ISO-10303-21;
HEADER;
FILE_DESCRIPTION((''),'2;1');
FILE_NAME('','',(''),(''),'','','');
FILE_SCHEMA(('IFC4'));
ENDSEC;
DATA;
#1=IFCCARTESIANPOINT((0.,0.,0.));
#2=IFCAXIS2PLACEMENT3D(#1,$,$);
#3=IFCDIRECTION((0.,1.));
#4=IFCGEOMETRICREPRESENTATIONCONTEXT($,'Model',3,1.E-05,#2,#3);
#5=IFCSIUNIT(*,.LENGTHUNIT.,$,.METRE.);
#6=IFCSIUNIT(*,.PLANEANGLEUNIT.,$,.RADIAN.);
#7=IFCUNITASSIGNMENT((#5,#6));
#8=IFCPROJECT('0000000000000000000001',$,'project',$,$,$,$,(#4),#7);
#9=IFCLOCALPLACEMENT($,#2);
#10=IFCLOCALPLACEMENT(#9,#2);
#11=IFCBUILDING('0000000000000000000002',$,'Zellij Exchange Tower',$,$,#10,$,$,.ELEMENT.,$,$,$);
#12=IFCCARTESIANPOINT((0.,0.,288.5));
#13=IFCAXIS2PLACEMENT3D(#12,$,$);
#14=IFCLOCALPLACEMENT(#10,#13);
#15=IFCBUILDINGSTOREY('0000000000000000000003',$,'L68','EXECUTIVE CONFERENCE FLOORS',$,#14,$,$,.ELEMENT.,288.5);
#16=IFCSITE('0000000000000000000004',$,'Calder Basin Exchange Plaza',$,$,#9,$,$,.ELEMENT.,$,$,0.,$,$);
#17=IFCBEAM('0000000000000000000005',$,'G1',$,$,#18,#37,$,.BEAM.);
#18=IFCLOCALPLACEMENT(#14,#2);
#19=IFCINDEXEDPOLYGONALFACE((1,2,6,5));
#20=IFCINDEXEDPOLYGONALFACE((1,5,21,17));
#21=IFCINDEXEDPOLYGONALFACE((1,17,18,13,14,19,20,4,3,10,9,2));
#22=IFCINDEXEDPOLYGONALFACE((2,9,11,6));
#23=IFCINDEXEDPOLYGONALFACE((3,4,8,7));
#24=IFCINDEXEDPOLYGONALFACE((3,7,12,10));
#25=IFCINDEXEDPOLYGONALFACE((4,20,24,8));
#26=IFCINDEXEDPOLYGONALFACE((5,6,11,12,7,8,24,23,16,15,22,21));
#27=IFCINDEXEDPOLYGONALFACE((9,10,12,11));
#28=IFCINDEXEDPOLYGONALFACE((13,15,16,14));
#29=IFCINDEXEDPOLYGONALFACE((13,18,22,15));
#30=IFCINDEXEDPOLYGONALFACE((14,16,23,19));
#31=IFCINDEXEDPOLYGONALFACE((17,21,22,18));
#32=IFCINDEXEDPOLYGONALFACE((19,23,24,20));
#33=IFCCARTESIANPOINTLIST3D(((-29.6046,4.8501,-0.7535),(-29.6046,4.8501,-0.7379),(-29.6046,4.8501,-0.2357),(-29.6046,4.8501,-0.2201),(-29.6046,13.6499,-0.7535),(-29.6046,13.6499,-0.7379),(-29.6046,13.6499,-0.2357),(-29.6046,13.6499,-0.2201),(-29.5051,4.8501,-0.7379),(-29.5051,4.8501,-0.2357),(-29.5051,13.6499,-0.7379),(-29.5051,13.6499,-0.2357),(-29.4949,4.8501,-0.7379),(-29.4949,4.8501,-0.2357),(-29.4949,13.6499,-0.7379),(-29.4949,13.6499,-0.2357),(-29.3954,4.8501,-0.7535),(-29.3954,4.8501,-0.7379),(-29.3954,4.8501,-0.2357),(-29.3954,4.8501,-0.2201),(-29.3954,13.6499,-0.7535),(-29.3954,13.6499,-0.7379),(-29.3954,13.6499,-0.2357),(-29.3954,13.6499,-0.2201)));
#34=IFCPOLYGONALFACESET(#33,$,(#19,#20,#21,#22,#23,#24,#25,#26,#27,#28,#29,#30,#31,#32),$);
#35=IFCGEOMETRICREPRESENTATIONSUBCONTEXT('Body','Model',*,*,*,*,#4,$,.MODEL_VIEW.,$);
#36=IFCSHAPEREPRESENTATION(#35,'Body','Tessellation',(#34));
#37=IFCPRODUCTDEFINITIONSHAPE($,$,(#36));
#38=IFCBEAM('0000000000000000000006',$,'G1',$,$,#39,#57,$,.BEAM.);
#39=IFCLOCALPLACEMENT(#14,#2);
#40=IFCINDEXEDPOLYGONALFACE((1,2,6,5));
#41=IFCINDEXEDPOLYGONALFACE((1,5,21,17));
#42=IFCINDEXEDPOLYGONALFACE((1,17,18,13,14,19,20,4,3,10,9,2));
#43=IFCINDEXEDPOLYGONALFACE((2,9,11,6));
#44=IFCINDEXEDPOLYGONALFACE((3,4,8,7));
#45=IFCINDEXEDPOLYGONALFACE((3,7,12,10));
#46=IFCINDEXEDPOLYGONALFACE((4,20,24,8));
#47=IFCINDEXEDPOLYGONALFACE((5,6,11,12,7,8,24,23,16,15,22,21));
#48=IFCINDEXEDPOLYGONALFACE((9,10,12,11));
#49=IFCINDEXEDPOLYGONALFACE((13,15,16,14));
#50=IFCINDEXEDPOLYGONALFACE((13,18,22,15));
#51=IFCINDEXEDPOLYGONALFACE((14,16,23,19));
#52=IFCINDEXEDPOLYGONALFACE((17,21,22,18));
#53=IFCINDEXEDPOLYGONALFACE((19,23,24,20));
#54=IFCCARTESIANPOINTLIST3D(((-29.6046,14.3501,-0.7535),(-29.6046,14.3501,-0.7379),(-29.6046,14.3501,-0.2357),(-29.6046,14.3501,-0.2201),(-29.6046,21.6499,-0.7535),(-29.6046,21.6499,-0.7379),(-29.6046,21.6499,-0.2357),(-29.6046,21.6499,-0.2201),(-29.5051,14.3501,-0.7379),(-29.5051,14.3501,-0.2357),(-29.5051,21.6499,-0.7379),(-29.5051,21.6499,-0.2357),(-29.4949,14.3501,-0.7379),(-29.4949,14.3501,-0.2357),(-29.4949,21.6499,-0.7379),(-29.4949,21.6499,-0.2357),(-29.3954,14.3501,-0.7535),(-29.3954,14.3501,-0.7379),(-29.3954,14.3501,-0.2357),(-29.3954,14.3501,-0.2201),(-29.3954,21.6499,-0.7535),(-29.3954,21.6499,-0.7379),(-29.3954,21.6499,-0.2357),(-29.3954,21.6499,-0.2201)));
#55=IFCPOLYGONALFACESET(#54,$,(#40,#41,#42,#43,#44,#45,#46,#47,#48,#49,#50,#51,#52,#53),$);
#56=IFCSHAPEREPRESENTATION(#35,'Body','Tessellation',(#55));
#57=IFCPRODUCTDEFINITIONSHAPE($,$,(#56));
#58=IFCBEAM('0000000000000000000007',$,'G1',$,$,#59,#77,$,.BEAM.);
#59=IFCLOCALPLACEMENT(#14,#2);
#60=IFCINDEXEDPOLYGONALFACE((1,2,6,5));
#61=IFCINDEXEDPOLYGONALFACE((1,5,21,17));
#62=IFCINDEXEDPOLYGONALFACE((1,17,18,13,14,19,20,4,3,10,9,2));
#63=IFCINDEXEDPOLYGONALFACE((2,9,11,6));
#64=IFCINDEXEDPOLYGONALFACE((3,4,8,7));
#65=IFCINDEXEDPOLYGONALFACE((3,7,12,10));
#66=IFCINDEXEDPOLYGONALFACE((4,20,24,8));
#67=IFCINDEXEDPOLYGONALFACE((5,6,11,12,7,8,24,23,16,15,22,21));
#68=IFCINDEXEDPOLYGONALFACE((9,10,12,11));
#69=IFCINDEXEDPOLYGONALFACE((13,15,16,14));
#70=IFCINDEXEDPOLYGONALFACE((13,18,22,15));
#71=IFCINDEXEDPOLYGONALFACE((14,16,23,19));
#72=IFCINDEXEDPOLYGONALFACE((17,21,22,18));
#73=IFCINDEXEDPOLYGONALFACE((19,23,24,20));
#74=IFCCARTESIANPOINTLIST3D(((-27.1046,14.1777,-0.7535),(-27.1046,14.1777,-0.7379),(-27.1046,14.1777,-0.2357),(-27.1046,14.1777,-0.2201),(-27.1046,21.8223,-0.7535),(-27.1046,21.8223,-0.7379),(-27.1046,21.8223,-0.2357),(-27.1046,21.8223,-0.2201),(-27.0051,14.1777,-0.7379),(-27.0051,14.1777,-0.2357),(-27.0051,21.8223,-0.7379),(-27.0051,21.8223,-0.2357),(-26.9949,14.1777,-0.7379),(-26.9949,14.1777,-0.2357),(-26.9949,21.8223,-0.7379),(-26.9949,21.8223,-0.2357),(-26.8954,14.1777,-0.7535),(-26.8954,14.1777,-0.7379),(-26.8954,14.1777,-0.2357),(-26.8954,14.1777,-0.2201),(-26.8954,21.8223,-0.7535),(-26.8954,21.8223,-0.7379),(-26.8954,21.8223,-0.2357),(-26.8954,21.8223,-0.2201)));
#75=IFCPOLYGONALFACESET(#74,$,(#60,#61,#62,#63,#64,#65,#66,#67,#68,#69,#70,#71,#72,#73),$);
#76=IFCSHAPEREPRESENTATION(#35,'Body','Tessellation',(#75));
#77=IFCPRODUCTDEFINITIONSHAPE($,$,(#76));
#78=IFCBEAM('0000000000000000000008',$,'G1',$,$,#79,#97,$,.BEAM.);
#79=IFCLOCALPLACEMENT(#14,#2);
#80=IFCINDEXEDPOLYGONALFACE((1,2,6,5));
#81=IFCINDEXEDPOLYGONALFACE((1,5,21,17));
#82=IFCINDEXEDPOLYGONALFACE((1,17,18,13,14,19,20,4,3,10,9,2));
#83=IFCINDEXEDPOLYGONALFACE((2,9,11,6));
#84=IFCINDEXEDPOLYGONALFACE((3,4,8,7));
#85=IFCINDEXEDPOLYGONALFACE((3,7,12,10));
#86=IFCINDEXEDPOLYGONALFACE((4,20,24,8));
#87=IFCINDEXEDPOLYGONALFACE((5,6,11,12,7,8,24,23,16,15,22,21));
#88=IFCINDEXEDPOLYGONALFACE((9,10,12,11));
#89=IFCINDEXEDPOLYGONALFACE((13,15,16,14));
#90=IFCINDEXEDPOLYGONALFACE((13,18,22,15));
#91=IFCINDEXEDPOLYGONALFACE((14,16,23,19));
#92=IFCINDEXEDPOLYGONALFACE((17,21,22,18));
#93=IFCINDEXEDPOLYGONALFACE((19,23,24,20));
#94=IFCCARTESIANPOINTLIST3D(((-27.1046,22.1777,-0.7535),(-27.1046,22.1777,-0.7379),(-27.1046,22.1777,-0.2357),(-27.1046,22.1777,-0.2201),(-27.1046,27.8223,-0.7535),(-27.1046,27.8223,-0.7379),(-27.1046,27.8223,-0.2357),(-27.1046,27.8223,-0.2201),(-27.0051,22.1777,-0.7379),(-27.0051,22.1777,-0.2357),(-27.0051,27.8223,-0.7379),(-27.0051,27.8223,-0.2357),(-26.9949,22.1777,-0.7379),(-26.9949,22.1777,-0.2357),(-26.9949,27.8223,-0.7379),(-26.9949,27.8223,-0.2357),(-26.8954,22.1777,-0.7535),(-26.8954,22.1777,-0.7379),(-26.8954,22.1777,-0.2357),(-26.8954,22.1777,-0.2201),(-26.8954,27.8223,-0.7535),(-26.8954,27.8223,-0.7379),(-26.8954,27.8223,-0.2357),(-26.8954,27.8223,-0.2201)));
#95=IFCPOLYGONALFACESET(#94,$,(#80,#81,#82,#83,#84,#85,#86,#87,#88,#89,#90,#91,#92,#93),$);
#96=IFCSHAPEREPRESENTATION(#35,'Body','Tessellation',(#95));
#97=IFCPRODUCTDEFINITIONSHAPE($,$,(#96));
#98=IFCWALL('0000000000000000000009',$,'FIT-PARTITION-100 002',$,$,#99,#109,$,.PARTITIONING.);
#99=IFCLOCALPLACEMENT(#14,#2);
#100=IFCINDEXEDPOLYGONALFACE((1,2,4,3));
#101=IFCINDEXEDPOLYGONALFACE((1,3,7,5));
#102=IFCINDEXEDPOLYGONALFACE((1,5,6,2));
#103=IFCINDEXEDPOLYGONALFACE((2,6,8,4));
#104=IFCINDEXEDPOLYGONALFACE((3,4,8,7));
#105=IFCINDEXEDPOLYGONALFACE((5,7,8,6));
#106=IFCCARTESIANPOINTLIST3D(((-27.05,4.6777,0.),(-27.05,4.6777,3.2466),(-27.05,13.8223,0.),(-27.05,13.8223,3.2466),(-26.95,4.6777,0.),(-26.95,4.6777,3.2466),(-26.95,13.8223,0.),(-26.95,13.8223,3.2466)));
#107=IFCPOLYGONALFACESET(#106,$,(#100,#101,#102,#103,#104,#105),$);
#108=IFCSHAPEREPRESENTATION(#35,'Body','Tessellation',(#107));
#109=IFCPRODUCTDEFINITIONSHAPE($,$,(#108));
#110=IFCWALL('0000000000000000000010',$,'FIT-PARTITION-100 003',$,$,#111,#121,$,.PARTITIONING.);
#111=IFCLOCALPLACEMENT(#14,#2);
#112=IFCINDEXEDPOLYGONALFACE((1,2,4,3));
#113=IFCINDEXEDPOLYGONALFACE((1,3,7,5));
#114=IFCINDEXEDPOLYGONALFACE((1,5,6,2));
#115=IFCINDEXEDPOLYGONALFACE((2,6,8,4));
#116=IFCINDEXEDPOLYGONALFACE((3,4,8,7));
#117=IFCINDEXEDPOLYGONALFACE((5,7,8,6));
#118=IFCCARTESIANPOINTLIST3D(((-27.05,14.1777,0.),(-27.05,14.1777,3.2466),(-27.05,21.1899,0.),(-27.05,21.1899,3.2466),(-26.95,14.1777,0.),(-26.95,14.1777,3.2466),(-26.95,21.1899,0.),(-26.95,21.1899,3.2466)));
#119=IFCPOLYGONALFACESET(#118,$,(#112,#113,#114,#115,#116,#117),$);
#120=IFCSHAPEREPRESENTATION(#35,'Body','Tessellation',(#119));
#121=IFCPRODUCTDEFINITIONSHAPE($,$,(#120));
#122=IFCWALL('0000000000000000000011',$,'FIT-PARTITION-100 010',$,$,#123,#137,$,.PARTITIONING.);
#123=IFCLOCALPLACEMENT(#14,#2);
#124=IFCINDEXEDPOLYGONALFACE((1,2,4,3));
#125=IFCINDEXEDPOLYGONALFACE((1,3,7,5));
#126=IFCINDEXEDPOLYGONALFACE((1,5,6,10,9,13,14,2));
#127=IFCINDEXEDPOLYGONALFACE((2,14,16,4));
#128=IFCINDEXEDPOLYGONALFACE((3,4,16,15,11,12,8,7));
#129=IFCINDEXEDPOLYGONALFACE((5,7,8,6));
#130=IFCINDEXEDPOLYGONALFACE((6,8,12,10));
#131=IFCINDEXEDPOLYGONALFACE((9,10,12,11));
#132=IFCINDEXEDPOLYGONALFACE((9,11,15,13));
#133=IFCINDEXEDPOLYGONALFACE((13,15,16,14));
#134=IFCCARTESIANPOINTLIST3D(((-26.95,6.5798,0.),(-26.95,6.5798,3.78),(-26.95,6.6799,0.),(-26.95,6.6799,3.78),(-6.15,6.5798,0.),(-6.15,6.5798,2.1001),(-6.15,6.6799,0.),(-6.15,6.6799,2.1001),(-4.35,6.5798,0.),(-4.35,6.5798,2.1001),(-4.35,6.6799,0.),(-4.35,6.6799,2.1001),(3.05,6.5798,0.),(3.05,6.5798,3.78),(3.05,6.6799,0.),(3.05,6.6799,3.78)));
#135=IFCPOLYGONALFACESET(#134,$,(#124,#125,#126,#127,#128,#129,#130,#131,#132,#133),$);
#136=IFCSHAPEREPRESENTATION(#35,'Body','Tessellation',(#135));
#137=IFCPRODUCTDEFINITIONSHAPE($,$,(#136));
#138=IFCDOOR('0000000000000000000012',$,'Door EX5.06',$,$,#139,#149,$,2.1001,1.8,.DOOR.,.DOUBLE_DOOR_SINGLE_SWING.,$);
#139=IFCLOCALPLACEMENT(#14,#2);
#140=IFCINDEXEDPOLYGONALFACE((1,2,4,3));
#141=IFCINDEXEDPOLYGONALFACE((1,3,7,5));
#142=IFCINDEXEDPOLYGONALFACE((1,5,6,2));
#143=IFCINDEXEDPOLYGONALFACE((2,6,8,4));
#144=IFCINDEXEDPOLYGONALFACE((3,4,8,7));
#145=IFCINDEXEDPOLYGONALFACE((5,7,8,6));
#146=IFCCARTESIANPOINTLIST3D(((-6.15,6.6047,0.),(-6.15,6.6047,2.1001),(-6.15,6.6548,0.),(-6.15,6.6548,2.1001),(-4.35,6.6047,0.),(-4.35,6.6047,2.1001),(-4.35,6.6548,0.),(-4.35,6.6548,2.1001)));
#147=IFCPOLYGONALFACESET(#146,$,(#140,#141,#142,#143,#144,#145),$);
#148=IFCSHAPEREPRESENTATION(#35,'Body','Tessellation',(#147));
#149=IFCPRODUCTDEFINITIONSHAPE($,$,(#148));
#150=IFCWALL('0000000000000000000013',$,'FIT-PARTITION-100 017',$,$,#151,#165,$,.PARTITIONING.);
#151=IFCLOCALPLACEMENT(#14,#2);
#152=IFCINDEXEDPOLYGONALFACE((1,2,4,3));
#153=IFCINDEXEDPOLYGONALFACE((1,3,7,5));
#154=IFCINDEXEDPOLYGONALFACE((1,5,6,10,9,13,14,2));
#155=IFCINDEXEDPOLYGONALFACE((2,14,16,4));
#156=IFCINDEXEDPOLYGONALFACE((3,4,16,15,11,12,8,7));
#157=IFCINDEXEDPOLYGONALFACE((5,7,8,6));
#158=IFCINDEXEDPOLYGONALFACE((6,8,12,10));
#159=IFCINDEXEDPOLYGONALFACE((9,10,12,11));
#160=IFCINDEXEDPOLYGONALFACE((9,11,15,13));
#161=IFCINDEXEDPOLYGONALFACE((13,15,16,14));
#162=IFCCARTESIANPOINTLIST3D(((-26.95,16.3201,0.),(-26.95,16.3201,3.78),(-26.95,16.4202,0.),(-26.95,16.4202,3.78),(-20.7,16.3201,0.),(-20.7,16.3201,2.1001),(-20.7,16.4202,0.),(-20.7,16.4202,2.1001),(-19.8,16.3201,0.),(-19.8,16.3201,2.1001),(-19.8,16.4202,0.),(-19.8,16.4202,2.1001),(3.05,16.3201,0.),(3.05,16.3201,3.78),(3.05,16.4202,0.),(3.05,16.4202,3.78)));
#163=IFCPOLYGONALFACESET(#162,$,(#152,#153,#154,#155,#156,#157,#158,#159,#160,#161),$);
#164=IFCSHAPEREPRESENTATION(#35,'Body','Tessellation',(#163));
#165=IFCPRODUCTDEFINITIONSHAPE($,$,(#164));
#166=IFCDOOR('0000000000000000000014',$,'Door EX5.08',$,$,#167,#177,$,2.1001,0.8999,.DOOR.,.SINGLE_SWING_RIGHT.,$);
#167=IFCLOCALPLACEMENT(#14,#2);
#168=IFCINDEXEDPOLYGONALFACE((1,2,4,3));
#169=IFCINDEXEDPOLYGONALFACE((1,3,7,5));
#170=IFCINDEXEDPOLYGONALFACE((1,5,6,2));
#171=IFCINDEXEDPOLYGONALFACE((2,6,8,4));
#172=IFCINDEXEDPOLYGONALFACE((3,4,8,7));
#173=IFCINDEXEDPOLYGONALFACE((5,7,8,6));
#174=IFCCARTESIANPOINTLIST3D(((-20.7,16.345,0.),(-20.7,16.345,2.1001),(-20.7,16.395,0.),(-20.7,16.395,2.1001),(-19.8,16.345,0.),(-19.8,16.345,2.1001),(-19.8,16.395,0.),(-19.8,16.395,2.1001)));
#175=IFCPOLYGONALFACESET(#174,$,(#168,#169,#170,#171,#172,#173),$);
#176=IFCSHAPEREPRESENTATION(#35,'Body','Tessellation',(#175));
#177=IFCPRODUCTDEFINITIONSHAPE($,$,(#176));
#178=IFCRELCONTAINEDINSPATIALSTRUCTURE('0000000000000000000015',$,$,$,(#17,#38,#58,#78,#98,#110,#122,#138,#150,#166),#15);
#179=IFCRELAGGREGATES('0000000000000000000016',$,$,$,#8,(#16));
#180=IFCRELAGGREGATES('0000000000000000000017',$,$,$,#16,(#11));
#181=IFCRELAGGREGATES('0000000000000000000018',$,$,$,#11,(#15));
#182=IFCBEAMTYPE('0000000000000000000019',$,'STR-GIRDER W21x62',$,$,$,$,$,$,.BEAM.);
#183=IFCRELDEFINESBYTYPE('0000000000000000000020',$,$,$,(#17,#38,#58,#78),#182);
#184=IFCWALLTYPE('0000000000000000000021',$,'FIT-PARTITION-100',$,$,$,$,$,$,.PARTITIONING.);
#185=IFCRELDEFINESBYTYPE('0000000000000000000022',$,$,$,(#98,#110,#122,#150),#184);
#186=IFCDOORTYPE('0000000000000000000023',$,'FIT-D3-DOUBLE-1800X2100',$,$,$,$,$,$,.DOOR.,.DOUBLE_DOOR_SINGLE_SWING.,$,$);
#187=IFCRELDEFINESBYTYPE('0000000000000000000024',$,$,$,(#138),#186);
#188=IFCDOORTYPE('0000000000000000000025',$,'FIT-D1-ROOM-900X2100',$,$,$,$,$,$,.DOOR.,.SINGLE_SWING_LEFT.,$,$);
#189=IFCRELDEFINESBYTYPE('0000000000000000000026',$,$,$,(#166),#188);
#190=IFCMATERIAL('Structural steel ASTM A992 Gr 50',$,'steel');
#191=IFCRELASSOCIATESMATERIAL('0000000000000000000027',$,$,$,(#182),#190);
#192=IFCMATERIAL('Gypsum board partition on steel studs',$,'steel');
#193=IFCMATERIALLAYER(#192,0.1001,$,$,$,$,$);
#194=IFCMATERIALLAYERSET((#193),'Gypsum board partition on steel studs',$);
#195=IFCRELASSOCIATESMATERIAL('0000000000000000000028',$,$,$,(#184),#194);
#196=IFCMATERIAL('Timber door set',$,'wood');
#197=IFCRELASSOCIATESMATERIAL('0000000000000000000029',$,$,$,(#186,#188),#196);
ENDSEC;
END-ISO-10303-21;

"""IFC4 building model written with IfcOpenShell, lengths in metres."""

from ifc_helpers import new_model, si_unit, direction, frame, frame_2d, origin, origin_2d, place, context, subcontext, project, spatial, rectangle, i_section, extrude, material, layer, layer_set, material_profile, profile_set, type_object, element, fill, save


model = new_model("IFC4")

# Units and contexts
model_context = context("Model", 3, precision=1e-05, world=origin(), true_north=direction((0.0, 1.0)))
body_context = subcontext(model_context, "Body", "Model", "MODEL_VIEW")
ifc_project = project(units=[si_unit("LENGTHUNIT", "METRE"), si_unit("PLANEANGLEUNIT", "RADIAN")], contexts=[model_context])

# Site, building, storey
site_placement = place(None, origin())
site = spatial("IfcSite", under=ifc_project, at=site_placement, Name="Calder Basin Exchange Plaza", CompositionType="ELEMENT", RefElevation=0.0)
building_placement = place(site_placement, origin())
building = spatial("IfcBuilding", under=site, at=building_placement, Name="Zellij Exchange Tower", CompositionType="ELEMENT")
storey_placement = place(building_placement, frame((0.0, 0.0, 288.5)))
storey = spatial("IfcBuildingStorey", under=building, at=storey_placement, Name="L68", Description="EXECUTIVE CONFERENCE FLOORS", CompositionType="ELEMENT", Elevation=288.5)

# Shared definitions
ifc_material_1 = material(Name="Structural steel ASTM A992 Gr 50", Category="steel")

# Beams
ifc_material_profile_1 = material_profile(ifc_material_1, i_section(OverallWidth=0.2092, OverallDepth=0.5334, WebThickness=0.0103, FlangeThickness=0.0156, at=origin_2d()), Name="W21x62")
ifc_profile_set_1 = profile_set([ifc_material_profile_1], Name="Structural steel ASTM A992 Gr 50")
beam_type = type_object("IfcBeamType", Name="STR-GIRDER W21x62", PredefinedType="BEAM", material=ifc_profile_set_1)
beam_1_placement = place(storey_placement, frame((-29.5, 4.8501, -0.4868), z_axis=(0.0, 1.0, 0.0), x_axis=(-1.0, 0.0, 0.0)))
element("IfcBeam", 1, at=beam_1_placement, inside=storey, type_object=beam_type, Name="G1", PredefinedType="BEAM", context=body_context, shape_type="SweptSolid", body=[
    extrude(i_section(OverallWidth=0.2092, OverallDepth=0.5334, WebThickness=0.0103, FlangeThickness=0.0156, at=origin_2d()), origin(), (0.0, 0.0, 1.0), 8.7998),
])
beam_2_placement = place(storey_placement, frame((-29.5, 14.3501, -0.4868), z_axis=(0.0, 1.0, 0.0), x_axis=(-1.0, 0.0, 0.0)))
element("IfcBeam", 2, at=beam_2_placement, inside=storey, type_object=beam_type, Name="G1", PredefinedType="BEAM", context=body_context, shape_type="SweptSolid", body=[
    extrude(i_section(OverallWidth=0.2092, OverallDepth=0.5334, WebThickness=0.0103, FlangeThickness=0.0156, at=origin_2d()), origin(), (0.0, 0.0, 1.0), 7.2998),
])
beam_3_placement = place(storey_placement, frame((-27.0, 14.1777, -0.4868), z_axis=(0.0, 1.0, 0.0), x_axis=(-1.0, 0.0, 0.0)))
element("IfcBeam", 3, at=beam_3_placement, inside=storey, type_object=beam_type, Name="G1", PredefinedType="BEAM", context=body_context, shape_type="SweptSolid", body=[
    extrude(i_section(OverallWidth=0.2092, OverallDepth=0.5334, WebThickness=0.0103, FlangeThickness=0.0156, at=origin_2d()), origin(), (0.0, 0.0, 1.0), 7.6445),
])
beam_4_placement = place(storey_placement, frame((-27.0, 22.1777, -0.4868), z_axis=(0.0, 1.0, 0.0), x_axis=(-1.0, 0.0, 0.0)))
element("IfcBeam", 4, at=beam_4_placement, inside=storey, type_object=beam_type, Name="G1", PredefinedType="BEAM", context=body_context, shape_type="SweptSolid", body=[
    extrude(i_section(OverallWidth=0.2092, OverallDepth=0.5334, WebThickness=0.0103, FlangeThickness=0.0156, at=origin_2d()), origin(), (0.0, 0.0, 1.0), 5.6445),
])

# Walls
ifc_material_2 = material(Name="Gypsum board partition on steel studs", Category="steel")
ifc_layer = layer(ifc_material_2, 0.1001)
ifc_layer_set = layer_set([ifc_layer], Name="Gypsum board partition on steel studs")
wall_type = type_object("IfcWallType", Name="FIT-PARTITION-100", PredefinedType="PARTITIONING", material=ifc_layer_set)
wall_1_placement = place(storey_placement, frame((-27.0, 4.6777, 0.0), z_axis=(0.0, 0.0, 1.0), x_axis=(0.0, 1.0, 0.0)))
element("IfcWall", 5, at=wall_1_placement, inside=storey, type_object=wall_type, Name="FIT-PARTITION-100 002", PredefinedType="PARTITIONING", context=body_context, shape_type="SweptSolid", body=[
    extrude(rectangle(XDim=9.1445, YDim=0.1001, at=frame_2d((4.5723, 0.0))), origin(), (0.0, 0.0, 1.0), 3.2466),
])
wall_2_placement = place(storey_placement, frame((-27.0, 14.1777, 0.0), z_axis=(0.0, 0.0, 1.0), x_axis=(0.0, 1.0, 0.0)))
element("IfcWall", 6, at=wall_2_placement, inside=storey, type_object=wall_type, Name="FIT-PARTITION-100 003", PredefinedType="PARTITIONING", context=body_context, shape_type="SweptSolid", body=[
    extrude(rectangle(XDim=7.0122, YDim=0.1001, at=frame_2d((3.5061, 0.0))), origin(), (0.0, 0.0, 1.0), 3.2466),
])

# Walls, openings, doors
wall_3_placement = place(storey_placement, frame((-26.95, 6.6299, 0.0), z_axis=(0.0, 0.0, 1.0), x_axis=(1.0, 0.0, 0.0)))
wall_3 = element("IfcWall", 7, at=wall_3_placement, inside=storey, type_object=wall_type, Name="FIT-PARTITION-100 010", PredefinedType="PARTITIONING", context=body_context, shape_type="SweptSolid", body=[
    extrude(rectangle(XDim=30.0, YDim=0.1001, at=frame_2d((15.0, 0.0))), origin(), (0.0, 0.0, 1.0), 3.78),
])
opening_1_placement = place(wall_3_placement, frame((20.8, 0.0, 0.0)))
opening_1 = element("IfcOpeningElement", 8, at=opening_1_placement, cuts=wall_3, PredefinedType="OPENING", context=body_context, shape_type="SweptSolid", body=[
    extrude(rectangle(XDim=1.8, YDim=2.1001, at=frame_2d((0.8999, 1.05))), frame((0.0, 0.062, 0.0), z_axis=(0.0, -1.0, 0.0), x_axis=(1.0, 0.0, 0.0)), (0.0, 0.0, 1.0), 0.124),
])
ifc_material_3 = material(Name="Timber door set", Category="wood")
door_type_1 = type_object("IfcDoorType", Name="FIT-D3-DOUBLE-1800X2100", OperationType="DOUBLE_DOOR_SINGLE_SWING", PredefinedType="DOOR", material=ifc_material_3)
door_1_placement = place(opening_1_placement, origin())
door_1 = element("IfcDoor", 9, at=door_1_placement, inside=storey, type_object=door_type_1, Name="Door EX5.06", OperationType="DOUBLE_DOOR_SINGLE_SWING", OverallHeight=2.1001, OverallWidth=1.8, PredefinedType="DOOR", context=body_context, shape_type="SweptSolid", body=[
    extrude(rectangle(XDim=1.8, YDim=2.1001, at=frame_2d((0.8999, 1.05))), frame((0.0, 0.0249, 0.0), z_axis=(0.0, -1.0, 0.0), x_axis=(1.0, 0.0, 0.0)), (0.0, 0.0, 1.0), 0.05),
])
fill(opening_1, door_1)
wall_4_placement = place(storey_placement, frame((-26.95, 16.3701, 0.0), z_axis=(0.0, 0.0, 1.0), x_axis=(1.0, 0.0, 0.0)))
wall_4 = element("IfcWall", 10, at=wall_4_placement, inside=storey, type_object=wall_type, Name="FIT-PARTITION-100 017", PredefinedType="PARTITIONING", context=body_context, shape_type="SweptSolid", body=[
    extrude(rectangle(XDim=30.0, YDim=0.1001, at=frame_2d((15.0, 0.0))), origin(), (0.0, 0.0, 1.0), 3.78),
])
opening_2_placement = place(wall_4_placement, frame((6.25, 0.0, 0.0)))
opening_2 = element("IfcOpeningElement", 11, at=opening_2_placement, cuts=wall_4, PredefinedType="OPENING", context=body_context, shape_type="SweptSolid", body=[
    extrude(rectangle(XDim=0.8999, YDim=2.1001, at=frame_2d((0.45, 1.05))), frame((0.0, 0.062, 0.0), z_axis=(0.0, -1.0, 0.0), x_axis=(1.0, 0.0, 0.0)), (0.0, 0.0, 1.0), 0.124),
])
door_type_2 = type_object("IfcDoorType", Name="FIT-D1-ROOM-900X2100", OperationType="SINGLE_SWING_LEFT", PredefinedType="DOOR", material=ifc_material_3)
door_2_placement = place(opening_2_placement, origin())
door_2 = element("IfcDoor", 12, at=door_2_placement, inside=storey, type_object=door_type_2, Name="Door EX5.08", OperationType="SINGLE_SWING_RIGHT", OverallHeight=2.1001, OverallWidth=0.8999, PredefinedType="DOOR", context=body_context, shape_type="SweptSolid", body=[
    extrude(rectangle(XDim=0.8999, YDim=2.1001, at=frame_2d((0.45, 1.05))), frame((0.0, 0.0249, 0.0), z_axis=(0.0, -1.0, 0.0), x_axis=(1.0, 0.0, 0.0)), (0.0, 0.0, 1.0), 0.05),
])
fill(opening_2, door_2)

save(model, "model.ifc")
